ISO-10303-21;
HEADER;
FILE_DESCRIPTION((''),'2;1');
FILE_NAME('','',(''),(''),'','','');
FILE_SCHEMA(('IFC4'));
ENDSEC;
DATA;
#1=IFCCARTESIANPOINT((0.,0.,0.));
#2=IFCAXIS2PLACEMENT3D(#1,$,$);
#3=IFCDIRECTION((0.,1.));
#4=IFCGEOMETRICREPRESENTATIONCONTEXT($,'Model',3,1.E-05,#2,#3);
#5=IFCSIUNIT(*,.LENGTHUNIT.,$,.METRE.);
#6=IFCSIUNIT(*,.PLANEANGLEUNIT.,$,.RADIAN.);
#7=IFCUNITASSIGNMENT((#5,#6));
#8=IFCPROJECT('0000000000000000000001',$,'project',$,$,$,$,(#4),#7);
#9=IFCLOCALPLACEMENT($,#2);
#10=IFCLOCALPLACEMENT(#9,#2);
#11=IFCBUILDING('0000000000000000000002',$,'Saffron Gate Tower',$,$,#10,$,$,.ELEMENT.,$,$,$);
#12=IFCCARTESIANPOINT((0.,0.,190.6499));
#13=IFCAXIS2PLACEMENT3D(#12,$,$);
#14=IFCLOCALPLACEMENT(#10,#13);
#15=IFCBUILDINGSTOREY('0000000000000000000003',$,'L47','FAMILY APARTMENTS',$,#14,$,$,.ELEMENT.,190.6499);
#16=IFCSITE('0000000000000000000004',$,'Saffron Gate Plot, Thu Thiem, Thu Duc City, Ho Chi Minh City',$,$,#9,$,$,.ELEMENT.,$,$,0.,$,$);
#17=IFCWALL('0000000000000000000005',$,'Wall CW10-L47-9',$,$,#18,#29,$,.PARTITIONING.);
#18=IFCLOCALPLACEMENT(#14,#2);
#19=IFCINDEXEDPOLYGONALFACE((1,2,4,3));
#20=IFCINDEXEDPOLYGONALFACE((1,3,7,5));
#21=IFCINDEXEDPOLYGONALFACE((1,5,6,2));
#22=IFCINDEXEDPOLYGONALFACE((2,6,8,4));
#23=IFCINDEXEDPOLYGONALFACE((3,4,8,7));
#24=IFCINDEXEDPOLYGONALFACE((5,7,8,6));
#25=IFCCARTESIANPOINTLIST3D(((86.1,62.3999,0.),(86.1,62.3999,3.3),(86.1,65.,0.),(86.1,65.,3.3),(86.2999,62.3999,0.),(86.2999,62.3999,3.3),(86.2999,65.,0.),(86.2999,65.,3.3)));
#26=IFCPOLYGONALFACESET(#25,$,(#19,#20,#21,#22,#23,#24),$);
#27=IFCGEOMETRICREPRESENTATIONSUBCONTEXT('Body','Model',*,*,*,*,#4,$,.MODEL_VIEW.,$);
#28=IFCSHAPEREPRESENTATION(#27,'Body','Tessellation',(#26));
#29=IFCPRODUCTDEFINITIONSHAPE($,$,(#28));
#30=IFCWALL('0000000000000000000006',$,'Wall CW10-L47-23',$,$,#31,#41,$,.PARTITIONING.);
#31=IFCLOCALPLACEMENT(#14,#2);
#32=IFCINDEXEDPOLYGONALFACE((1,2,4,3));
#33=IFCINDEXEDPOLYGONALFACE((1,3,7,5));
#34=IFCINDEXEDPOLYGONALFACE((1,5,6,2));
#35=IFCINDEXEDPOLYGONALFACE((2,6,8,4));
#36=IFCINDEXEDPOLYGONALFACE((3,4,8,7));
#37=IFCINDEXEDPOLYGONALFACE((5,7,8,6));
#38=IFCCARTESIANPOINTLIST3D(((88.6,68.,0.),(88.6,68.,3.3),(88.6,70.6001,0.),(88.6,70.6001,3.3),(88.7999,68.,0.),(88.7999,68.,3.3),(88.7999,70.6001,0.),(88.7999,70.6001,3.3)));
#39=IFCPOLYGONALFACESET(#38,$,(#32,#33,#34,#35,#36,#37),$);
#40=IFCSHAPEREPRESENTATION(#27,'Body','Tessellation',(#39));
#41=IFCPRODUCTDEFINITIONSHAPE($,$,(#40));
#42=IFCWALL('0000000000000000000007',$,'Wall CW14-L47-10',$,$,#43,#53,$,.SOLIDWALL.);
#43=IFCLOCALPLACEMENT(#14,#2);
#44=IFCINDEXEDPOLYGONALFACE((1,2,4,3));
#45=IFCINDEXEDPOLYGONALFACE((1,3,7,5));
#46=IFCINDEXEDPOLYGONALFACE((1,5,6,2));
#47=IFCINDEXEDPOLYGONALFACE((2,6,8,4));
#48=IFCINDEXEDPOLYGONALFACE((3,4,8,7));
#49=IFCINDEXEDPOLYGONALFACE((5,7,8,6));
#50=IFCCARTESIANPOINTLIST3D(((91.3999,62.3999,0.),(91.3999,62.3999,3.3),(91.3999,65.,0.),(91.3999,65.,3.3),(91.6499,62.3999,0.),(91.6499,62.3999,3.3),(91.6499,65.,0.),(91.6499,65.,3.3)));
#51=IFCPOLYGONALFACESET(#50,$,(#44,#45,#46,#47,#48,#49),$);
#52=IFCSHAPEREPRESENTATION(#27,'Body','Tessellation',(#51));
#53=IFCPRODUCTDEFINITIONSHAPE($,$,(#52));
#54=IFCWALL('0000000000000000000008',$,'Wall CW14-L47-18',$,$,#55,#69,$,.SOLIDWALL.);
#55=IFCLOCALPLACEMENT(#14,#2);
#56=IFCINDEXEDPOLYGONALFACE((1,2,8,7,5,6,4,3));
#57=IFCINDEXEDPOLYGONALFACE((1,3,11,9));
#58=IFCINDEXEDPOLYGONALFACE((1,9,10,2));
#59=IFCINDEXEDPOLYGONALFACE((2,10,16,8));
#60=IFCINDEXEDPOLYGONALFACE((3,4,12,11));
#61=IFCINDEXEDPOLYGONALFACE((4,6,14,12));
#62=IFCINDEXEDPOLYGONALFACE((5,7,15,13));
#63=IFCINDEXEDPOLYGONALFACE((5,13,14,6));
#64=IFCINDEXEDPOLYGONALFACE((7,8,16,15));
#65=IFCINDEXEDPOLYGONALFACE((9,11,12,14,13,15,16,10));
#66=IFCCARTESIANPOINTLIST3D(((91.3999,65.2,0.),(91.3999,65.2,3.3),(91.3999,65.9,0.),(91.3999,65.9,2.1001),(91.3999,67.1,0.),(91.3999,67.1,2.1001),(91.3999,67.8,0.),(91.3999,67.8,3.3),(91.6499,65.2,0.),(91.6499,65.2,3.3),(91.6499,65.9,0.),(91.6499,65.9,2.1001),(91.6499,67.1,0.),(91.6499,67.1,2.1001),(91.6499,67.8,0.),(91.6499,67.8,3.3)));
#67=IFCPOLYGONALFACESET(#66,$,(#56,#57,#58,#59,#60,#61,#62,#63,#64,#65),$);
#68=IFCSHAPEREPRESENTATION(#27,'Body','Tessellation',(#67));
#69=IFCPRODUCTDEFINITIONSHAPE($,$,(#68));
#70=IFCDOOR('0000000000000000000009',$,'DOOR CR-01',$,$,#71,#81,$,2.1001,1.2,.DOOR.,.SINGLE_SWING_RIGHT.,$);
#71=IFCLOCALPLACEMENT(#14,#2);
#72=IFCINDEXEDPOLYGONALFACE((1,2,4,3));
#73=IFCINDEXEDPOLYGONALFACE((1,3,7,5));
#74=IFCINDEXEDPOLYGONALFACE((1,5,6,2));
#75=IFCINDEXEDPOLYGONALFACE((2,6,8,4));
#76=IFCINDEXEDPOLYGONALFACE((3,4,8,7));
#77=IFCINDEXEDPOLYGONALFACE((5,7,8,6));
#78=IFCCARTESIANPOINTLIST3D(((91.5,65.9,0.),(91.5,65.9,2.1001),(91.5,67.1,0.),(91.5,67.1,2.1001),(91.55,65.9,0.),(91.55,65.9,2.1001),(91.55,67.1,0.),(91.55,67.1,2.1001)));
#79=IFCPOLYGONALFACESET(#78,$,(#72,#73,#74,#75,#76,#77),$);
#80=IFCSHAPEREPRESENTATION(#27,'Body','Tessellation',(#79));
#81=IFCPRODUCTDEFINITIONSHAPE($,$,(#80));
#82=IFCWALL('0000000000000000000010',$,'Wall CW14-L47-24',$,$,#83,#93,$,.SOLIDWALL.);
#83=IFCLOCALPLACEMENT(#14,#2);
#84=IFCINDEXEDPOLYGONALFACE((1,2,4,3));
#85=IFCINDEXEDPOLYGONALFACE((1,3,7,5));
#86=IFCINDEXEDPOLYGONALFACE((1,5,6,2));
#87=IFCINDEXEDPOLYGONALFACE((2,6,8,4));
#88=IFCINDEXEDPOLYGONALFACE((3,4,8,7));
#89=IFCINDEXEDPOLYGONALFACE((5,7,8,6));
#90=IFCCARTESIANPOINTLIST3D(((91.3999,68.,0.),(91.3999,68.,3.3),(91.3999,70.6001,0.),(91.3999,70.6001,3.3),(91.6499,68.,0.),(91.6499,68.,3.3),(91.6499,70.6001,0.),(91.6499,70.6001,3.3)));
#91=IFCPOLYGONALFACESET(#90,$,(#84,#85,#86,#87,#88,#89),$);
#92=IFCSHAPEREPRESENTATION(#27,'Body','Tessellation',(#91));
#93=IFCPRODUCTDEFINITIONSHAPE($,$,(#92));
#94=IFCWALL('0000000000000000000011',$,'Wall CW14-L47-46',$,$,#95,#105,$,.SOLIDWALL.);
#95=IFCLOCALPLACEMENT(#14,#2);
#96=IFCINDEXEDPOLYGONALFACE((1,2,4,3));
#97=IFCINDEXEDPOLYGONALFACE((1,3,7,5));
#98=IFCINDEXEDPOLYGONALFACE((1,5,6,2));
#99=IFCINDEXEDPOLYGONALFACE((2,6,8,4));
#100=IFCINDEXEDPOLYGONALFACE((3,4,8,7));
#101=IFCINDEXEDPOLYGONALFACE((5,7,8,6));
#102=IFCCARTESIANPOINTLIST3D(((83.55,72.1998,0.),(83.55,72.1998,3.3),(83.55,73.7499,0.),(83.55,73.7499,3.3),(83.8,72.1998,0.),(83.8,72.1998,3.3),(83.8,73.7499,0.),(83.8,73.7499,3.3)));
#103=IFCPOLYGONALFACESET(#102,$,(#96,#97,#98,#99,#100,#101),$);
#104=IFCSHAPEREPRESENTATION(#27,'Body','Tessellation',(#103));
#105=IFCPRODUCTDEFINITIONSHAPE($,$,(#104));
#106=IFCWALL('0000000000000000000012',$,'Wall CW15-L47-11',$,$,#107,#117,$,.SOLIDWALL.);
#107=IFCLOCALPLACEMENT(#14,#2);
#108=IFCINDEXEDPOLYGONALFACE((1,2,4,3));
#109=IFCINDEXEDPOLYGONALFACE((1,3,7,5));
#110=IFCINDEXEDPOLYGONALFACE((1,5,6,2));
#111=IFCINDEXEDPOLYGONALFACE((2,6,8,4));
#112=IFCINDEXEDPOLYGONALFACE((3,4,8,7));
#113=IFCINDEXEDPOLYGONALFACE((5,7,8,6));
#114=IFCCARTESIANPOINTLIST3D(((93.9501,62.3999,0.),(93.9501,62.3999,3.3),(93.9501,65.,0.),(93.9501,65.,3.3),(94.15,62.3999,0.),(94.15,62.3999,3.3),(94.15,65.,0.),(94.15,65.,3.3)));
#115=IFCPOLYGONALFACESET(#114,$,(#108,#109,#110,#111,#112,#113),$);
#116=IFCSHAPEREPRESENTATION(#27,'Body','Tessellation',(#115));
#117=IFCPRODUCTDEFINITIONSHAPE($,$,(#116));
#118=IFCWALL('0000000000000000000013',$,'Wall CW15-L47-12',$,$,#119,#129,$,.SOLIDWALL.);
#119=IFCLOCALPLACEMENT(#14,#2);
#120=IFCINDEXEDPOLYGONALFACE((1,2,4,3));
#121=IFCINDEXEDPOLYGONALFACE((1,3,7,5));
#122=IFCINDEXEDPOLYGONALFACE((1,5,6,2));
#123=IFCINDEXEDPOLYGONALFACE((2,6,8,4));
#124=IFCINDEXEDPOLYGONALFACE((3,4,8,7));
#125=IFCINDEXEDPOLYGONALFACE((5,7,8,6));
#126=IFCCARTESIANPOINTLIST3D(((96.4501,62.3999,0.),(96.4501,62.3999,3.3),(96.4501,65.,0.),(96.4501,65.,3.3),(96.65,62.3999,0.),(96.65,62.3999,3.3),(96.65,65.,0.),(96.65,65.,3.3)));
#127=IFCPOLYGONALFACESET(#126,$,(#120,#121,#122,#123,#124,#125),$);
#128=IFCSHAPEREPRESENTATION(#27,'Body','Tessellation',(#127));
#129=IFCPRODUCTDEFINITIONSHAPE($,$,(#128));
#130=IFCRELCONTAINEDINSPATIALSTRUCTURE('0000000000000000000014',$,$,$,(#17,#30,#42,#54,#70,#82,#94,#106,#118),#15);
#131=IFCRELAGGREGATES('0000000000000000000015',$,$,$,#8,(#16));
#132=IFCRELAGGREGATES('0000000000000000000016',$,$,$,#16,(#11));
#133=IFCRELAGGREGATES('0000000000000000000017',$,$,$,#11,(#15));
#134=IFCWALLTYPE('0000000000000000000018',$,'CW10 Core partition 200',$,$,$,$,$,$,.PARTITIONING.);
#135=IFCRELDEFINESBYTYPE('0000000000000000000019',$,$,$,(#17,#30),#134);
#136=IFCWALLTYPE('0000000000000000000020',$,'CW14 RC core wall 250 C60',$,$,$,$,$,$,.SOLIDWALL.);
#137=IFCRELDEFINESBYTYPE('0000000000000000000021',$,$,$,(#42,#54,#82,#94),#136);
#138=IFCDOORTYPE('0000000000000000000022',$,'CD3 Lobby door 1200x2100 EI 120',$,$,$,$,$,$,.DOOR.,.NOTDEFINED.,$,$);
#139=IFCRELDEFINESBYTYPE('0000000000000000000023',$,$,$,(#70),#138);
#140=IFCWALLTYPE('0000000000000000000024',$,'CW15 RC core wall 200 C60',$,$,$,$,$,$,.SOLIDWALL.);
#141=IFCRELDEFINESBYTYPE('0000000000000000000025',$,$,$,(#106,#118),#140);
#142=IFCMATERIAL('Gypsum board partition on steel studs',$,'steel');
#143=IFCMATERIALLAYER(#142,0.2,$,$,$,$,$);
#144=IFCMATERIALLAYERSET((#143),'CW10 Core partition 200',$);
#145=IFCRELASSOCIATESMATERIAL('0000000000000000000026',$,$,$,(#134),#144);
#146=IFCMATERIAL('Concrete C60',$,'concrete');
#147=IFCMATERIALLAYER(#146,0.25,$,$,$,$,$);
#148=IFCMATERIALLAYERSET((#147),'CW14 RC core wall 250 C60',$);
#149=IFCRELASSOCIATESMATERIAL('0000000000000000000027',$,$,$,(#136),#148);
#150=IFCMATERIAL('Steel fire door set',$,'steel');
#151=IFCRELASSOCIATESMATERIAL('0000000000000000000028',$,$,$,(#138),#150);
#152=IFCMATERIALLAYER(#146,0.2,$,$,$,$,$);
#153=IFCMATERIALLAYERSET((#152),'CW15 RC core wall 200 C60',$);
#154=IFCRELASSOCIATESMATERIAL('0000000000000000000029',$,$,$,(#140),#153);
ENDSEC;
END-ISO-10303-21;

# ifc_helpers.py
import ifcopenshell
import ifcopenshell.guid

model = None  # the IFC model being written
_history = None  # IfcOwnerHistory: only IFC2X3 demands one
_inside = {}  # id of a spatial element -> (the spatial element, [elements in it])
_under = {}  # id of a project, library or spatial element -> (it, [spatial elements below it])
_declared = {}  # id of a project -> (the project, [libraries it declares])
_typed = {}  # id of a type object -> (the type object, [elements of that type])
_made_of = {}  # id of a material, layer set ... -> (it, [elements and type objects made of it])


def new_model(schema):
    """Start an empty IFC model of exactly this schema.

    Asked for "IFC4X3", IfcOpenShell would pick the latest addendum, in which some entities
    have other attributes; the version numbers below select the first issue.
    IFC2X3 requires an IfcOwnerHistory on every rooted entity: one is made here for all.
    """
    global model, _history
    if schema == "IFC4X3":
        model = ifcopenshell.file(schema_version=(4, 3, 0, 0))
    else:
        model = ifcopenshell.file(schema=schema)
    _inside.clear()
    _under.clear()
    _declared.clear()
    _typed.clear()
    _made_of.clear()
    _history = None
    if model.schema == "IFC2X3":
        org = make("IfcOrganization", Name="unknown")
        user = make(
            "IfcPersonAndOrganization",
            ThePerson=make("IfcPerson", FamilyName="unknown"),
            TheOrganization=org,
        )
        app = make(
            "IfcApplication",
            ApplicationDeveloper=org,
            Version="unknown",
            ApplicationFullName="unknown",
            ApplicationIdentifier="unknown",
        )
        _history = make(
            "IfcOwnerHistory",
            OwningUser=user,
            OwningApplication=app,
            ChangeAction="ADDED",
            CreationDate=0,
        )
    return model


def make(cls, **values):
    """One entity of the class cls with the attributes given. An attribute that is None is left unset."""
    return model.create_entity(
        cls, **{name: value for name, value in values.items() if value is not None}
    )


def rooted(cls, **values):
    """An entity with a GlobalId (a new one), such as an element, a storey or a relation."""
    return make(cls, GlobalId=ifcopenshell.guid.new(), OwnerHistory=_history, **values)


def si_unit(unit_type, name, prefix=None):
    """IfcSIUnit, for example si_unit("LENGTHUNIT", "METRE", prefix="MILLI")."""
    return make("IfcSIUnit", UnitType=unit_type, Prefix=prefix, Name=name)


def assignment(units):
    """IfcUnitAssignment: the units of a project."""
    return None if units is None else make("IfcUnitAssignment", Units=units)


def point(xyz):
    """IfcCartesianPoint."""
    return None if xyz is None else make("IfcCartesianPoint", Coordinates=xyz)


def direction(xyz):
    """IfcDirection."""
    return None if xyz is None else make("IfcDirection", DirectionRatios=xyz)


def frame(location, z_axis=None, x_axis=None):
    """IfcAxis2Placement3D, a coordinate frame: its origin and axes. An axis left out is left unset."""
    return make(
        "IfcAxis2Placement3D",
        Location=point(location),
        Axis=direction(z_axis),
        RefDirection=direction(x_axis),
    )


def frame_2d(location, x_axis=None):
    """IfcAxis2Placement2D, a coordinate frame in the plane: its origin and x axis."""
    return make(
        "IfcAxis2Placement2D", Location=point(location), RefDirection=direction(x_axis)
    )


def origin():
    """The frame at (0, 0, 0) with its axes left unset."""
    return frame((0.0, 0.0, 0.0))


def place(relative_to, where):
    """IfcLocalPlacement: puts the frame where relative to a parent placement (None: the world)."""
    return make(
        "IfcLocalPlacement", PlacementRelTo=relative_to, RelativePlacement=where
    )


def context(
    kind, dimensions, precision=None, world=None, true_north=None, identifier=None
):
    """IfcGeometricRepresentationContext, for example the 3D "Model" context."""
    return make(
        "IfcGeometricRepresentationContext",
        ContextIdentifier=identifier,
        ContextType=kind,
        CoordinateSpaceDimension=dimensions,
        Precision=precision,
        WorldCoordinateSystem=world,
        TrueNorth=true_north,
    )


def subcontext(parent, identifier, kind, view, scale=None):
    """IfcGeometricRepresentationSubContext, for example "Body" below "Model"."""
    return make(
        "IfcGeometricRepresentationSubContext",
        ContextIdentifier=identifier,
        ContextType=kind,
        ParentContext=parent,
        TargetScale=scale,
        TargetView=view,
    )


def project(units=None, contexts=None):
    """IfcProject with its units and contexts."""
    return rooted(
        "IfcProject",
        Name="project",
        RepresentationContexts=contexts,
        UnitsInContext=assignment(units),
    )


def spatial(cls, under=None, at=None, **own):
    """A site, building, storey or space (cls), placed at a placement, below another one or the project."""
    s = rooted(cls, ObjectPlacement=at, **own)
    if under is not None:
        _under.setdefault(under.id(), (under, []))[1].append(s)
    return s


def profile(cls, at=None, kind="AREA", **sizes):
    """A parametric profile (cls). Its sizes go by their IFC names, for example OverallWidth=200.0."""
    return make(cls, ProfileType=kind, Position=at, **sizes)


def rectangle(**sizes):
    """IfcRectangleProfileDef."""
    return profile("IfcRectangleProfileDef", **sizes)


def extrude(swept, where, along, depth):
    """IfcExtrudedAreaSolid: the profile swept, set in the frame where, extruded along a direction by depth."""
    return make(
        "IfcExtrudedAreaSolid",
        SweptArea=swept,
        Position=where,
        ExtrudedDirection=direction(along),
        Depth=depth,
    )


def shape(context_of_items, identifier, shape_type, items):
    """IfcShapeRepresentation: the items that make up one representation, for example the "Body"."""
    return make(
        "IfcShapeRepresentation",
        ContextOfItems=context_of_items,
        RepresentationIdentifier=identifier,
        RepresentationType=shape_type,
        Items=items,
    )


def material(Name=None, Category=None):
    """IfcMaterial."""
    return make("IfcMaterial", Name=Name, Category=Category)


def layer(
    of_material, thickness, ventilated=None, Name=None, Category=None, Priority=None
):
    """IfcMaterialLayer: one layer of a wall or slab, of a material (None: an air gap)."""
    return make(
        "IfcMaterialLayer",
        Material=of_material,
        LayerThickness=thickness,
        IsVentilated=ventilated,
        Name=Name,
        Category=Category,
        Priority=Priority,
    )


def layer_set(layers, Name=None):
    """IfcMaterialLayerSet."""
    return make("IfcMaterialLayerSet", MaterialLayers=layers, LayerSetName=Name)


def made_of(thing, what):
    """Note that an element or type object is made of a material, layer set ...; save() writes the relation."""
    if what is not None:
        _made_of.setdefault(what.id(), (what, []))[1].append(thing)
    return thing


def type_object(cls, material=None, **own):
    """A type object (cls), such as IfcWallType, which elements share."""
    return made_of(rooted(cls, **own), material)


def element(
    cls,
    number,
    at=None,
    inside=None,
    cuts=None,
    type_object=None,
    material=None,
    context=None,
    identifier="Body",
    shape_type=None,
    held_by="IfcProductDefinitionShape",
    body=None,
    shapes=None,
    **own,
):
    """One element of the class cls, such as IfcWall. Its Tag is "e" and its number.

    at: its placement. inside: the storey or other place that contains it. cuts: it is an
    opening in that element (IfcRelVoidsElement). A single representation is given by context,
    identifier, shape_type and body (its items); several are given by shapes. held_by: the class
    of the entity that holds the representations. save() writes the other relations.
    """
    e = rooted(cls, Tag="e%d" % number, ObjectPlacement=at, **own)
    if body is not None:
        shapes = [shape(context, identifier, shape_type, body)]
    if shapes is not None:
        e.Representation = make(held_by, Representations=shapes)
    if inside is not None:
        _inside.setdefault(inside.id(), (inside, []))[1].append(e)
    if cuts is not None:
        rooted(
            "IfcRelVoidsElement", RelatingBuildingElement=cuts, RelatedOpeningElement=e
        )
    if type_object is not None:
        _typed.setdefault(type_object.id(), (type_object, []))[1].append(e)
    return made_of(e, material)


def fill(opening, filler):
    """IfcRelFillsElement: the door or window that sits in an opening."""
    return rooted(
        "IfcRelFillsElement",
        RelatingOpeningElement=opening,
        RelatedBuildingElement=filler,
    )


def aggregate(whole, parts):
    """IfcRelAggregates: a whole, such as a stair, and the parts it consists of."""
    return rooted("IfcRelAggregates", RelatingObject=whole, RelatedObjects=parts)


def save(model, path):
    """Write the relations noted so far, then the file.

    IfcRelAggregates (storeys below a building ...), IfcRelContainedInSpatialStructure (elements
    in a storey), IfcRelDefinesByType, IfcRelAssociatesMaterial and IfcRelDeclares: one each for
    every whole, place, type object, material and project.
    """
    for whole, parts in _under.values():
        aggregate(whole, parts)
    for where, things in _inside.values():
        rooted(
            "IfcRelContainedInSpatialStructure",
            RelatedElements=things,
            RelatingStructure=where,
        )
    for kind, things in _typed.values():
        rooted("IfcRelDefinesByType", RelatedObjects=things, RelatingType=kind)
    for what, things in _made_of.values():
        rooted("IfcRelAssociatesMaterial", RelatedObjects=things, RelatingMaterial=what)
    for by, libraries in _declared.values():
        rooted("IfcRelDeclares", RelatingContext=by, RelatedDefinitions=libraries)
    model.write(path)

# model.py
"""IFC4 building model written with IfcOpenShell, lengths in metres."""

from ifc_helpers import new_model, si_unit, direction, frame, frame_2d, origin, place, context, subcontext, project, spatial, rectangle, extrude, material, layer, layer_set, type_object, element, fill, save


model = new_model("IFC4")

# Units and contexts
model_context = context("Model", 3, precision=1e-05, world=origin(), true_north=direction((0.0, 1.0)))
body_context = subcontext(model_context, "Body", "Model", "MODEL_VIEW")
ifc_project = project(units=[si_unit("LENGTHUNIT", "METRE"), si_unit("PLANEANGLEUNIT", "RADIAN")], contexts=[model_context])

# Site, building, storey
site_placement = place(None, origin())
site = spatial("IfcSite", under=ifc_project, at=site_placement, Name="Saffron Gate Plot, Thu Thiem, Thu Duc City, Ho Chi Minh City", CompositionType="ELEMENT", RefElevation=0.0)
building_placement = place(site_placement, origin())
building = spatial("IfcBuilding", under=site, at=building_placement, Name="Saffron Gate Tower", CompositionType="ELEMENT")
storey_placement = place(building_placement, frame((0.0, 0.0, 190.6499)))
storey = spatial("IfcBuildingStorey", under=building, at=storey_placement, Name="L47", Description="FAMILY APARTMENTS", CompositionType="ELEMENT", Elevation=190.6499)

# Walls
ifc_material_1 = material(Name="Gypsum board partition on steel studs", Category="steel")
ifc_layer_1 = layer(ifc_material_1, 0.2)
ifc_layer_set_1 = layer_set([ifc_layer_1], Name="CW10 Core partition 200")
wall_type_1 = type_object("IfcWallType", Name="CW10 Core partition 200", PredefinedType="PARTITIONING", material=ifc_layer_set_1)
for number, where, z_axis, x_axis, name in (
    (1, (86.2, 62.3999, 0.0), (0.0, 0.0, 1.0), (0.0, 1.0, 0.0), "Wall CW10-L47-9"),
    (2, (88.7, 68.0, 0.0), (0.0, 0.0, 1.0), (0.0, 1.0, 0.0), "Wall CW10-L47-23"),
):
    element("IfcWall", number, at=place(storey_placement, frame(where, z_axis=z_axis, x_axis=x_axis)), inside=storey, type_object=wall_type_1, Name=name, PredefinedType="PARTITIONING", context=body_context, shape_type="SweptSolid", body=[
        extrude(rectangle(XDim=2.6001, YDim=0.2, at=frame_2d((1.3, 0.0))), origin(), (0.0, 0.0, 1.0), 3.3),
    ])
ifc_material_2 = material(Name="Concrete C60", Category="concrete")
ifc_layer_2 = layer(ifc_material_2, 0.25)
ifc_layer_set_2 = layer_set([ifc_layer_2], Name="CW14 RC core wall 250 C60")
wall_type_2 = type_object("IfcWallType", Name="CW14 RC core wall 250 C60", PredefinedType="SOLIDWALL", material=ifc_layer_set_2)
wall_1_placement = place(storey_placement, frame((91.5249, 62.3999, 0.0), z_axis=(0.0, 0.0, 1.0), x_axis=(0.0, 1.0, 0.0)))
element("IfcWall", 3, at=wall_1_placement, inside=storey, type_object=wall_type_2, Name="Wall CW14-L47-10", PredefinedType="SOLIDWALL", context=body_context, shape_type="SweptSolid", body=[
    extrude(rectangle(XDim=2.6001, YDim=0.25, at=frame_2d((1.3, 0.0))), origin(), (0.0, 0.0, 1.0), 3.3),
])

# Wall, opening, door
wall_2_placement = place(storey_placement, frame((91.5249, 65.2, 0.0), z_axis=(0.0, 0.0, 1.0), x_axis=(0.0, 1.0, 0.0)))
wall_2 = element("IfcWall", 4, at=wall_2_placement, inside=storey, type_object=wall_type_2, Name="Wall CW14-L47-18", PredefinedType="SOLIDWALL", context=body_context, shape_type="SweptSolid", body=[
    extrude(rectangle(XDim=2.6001, YDim=0.25, at=frame_2d((1.3, 0.0))), origin(), (0.0, 0.0, 1.0), 3.3),
])
opening_1_placement = place(wall_2_placement, frame((0.7, 0.0, 0.0)))
opening_1 = element("IfcOpeningElement", 5, at=opening_1_placement, cuts=wall_2, PredefinedType="OPENING", context=body_context, shape_type="SweptSolid", body=[
    extrude(rectangle(XDim=1.2, YDim=2.1001, at=frame_2d((0.6001, 1.05))), frame((0.0, 0.135, 0.0), z_axis=(0.0, -1.0, 0.0), x_axis=(1.0, 0.0, 0.0)), (0.0, 0.0, 1.0), 0.27),
])
ifc_material_3 = material(Name="Steel fire door set", Category="steel")
door_type_1 = type_object("IfcDoorType", Name="CD3 Lobby door 1200x2100 EI 120", OperationType="NOTDEFINED", PredefinedType="DOOR", material=ifc_material_3)
door_1_placement = place(opening_1_placement, origin())
door_1 = element("IfcDoor", 6, at=door_1_placement, inside=storey, type_object=door_type_1, Name="DOOR CR-01", OperationType="SINGLE_SWING_RIGHT", OverallHeight=2.1001, OverallWidth=1.2, PredefinedType="DOOR", context=body_context, shape_type="SweptSolid", body=[
    extrude(rectangle(XDim=1.2, YDim=2.1001, at=frame_2d((0.6001, 1.05))), frame((0.0, 0.0249, 0.0), z_axis=(0.0, -1.0, 0.0), x_axis=(1.0, 0.0, 0.0)), (0.0, 0.0, 1.0), 0.05),
])
fill(opening_1, door_1)

# Walls
wall_3_placement = place(storey_placement, frame((91.5249, 68.0, 0.0), z_axis=(0.0, 0.0, 1.0), x_axis=(0.0, 1.0, 0.0)))
element("IfcWall", 7, at=wall_3_placement, inside=storey, type_object=wall_type_2, Name="Wall CW14-L47-24", PredefinedType="SOLIDWALL", context=body_context, shape_type="SweptSolid", body=[
    extrude(rectangle(XDim=2.6001, YDim=0.25, at=frame_2d((1.3, 0.0))), origin(), (0.0, 0.0, 1.0), 3.3),
])
wall_4_placement = place(storey_placement, frame((83.675, 72.2, 0.0), z_axis=(0.0, 0.0, 1.0), x_axis=(0.0, 1.0, 0.0)))
element("IfcWall", 8, at=wall_4_placement, inside=storey, type_object=wall_type_2, Name="Wall CW14-L47-46", PredefinedType="SOLIDWALL", context=body_context, shape_type="SweptSolid", body=[
    extrude(rectangle(XDim=1.55, YDim=0.25, at=frame_2d((0.7749, 0.0))), origin(), (0.0, 0.0, 1.0), 3.3),
])
ifc_layer_3 = layer(ifc_material_2, 0.2)
ifc_layer_set_3 = layer_set([ifc_layer_3], Name="CW15 RC core wall 200 C60")
wall_type_3 = type_object("IfcWallType", Name="CW15 RC core wall 200 C60", PredefinedType="SOLIDWALL", material=ifc_layer_set_3)
for number, where, z_axis, x_axis, name in (
    (9, (94.05, 62.3999, 0.0), (0.0, 0.0, 1.0), (0.0, 1.0, 0.0), "Wall CW15-L47-11"),
    (10, (96.55, 62.3999, 0.0), (0.0, 0.0, 1.0), (0.0, 1.0, 0.0), "Wall CW15-L47-12"),
):
    element("IfcWall", number, at=place(storey_placement, frame(where, z_axis=z_axis, x_axis=x_axis)), inside=storey, type_object=wall_type_3, Name=name, PredefinedType="SOLIDWALL", context=body_context, shape_type="SweptSolid", body=[
        extrude(rectangle(XDim=2.6001, YDim=0.2, at=frame_2d((1.3, 0.0))), origin(), (0.0, 0.0, 1.0), 3.3),
    ])

save(model, "model.ifc")
